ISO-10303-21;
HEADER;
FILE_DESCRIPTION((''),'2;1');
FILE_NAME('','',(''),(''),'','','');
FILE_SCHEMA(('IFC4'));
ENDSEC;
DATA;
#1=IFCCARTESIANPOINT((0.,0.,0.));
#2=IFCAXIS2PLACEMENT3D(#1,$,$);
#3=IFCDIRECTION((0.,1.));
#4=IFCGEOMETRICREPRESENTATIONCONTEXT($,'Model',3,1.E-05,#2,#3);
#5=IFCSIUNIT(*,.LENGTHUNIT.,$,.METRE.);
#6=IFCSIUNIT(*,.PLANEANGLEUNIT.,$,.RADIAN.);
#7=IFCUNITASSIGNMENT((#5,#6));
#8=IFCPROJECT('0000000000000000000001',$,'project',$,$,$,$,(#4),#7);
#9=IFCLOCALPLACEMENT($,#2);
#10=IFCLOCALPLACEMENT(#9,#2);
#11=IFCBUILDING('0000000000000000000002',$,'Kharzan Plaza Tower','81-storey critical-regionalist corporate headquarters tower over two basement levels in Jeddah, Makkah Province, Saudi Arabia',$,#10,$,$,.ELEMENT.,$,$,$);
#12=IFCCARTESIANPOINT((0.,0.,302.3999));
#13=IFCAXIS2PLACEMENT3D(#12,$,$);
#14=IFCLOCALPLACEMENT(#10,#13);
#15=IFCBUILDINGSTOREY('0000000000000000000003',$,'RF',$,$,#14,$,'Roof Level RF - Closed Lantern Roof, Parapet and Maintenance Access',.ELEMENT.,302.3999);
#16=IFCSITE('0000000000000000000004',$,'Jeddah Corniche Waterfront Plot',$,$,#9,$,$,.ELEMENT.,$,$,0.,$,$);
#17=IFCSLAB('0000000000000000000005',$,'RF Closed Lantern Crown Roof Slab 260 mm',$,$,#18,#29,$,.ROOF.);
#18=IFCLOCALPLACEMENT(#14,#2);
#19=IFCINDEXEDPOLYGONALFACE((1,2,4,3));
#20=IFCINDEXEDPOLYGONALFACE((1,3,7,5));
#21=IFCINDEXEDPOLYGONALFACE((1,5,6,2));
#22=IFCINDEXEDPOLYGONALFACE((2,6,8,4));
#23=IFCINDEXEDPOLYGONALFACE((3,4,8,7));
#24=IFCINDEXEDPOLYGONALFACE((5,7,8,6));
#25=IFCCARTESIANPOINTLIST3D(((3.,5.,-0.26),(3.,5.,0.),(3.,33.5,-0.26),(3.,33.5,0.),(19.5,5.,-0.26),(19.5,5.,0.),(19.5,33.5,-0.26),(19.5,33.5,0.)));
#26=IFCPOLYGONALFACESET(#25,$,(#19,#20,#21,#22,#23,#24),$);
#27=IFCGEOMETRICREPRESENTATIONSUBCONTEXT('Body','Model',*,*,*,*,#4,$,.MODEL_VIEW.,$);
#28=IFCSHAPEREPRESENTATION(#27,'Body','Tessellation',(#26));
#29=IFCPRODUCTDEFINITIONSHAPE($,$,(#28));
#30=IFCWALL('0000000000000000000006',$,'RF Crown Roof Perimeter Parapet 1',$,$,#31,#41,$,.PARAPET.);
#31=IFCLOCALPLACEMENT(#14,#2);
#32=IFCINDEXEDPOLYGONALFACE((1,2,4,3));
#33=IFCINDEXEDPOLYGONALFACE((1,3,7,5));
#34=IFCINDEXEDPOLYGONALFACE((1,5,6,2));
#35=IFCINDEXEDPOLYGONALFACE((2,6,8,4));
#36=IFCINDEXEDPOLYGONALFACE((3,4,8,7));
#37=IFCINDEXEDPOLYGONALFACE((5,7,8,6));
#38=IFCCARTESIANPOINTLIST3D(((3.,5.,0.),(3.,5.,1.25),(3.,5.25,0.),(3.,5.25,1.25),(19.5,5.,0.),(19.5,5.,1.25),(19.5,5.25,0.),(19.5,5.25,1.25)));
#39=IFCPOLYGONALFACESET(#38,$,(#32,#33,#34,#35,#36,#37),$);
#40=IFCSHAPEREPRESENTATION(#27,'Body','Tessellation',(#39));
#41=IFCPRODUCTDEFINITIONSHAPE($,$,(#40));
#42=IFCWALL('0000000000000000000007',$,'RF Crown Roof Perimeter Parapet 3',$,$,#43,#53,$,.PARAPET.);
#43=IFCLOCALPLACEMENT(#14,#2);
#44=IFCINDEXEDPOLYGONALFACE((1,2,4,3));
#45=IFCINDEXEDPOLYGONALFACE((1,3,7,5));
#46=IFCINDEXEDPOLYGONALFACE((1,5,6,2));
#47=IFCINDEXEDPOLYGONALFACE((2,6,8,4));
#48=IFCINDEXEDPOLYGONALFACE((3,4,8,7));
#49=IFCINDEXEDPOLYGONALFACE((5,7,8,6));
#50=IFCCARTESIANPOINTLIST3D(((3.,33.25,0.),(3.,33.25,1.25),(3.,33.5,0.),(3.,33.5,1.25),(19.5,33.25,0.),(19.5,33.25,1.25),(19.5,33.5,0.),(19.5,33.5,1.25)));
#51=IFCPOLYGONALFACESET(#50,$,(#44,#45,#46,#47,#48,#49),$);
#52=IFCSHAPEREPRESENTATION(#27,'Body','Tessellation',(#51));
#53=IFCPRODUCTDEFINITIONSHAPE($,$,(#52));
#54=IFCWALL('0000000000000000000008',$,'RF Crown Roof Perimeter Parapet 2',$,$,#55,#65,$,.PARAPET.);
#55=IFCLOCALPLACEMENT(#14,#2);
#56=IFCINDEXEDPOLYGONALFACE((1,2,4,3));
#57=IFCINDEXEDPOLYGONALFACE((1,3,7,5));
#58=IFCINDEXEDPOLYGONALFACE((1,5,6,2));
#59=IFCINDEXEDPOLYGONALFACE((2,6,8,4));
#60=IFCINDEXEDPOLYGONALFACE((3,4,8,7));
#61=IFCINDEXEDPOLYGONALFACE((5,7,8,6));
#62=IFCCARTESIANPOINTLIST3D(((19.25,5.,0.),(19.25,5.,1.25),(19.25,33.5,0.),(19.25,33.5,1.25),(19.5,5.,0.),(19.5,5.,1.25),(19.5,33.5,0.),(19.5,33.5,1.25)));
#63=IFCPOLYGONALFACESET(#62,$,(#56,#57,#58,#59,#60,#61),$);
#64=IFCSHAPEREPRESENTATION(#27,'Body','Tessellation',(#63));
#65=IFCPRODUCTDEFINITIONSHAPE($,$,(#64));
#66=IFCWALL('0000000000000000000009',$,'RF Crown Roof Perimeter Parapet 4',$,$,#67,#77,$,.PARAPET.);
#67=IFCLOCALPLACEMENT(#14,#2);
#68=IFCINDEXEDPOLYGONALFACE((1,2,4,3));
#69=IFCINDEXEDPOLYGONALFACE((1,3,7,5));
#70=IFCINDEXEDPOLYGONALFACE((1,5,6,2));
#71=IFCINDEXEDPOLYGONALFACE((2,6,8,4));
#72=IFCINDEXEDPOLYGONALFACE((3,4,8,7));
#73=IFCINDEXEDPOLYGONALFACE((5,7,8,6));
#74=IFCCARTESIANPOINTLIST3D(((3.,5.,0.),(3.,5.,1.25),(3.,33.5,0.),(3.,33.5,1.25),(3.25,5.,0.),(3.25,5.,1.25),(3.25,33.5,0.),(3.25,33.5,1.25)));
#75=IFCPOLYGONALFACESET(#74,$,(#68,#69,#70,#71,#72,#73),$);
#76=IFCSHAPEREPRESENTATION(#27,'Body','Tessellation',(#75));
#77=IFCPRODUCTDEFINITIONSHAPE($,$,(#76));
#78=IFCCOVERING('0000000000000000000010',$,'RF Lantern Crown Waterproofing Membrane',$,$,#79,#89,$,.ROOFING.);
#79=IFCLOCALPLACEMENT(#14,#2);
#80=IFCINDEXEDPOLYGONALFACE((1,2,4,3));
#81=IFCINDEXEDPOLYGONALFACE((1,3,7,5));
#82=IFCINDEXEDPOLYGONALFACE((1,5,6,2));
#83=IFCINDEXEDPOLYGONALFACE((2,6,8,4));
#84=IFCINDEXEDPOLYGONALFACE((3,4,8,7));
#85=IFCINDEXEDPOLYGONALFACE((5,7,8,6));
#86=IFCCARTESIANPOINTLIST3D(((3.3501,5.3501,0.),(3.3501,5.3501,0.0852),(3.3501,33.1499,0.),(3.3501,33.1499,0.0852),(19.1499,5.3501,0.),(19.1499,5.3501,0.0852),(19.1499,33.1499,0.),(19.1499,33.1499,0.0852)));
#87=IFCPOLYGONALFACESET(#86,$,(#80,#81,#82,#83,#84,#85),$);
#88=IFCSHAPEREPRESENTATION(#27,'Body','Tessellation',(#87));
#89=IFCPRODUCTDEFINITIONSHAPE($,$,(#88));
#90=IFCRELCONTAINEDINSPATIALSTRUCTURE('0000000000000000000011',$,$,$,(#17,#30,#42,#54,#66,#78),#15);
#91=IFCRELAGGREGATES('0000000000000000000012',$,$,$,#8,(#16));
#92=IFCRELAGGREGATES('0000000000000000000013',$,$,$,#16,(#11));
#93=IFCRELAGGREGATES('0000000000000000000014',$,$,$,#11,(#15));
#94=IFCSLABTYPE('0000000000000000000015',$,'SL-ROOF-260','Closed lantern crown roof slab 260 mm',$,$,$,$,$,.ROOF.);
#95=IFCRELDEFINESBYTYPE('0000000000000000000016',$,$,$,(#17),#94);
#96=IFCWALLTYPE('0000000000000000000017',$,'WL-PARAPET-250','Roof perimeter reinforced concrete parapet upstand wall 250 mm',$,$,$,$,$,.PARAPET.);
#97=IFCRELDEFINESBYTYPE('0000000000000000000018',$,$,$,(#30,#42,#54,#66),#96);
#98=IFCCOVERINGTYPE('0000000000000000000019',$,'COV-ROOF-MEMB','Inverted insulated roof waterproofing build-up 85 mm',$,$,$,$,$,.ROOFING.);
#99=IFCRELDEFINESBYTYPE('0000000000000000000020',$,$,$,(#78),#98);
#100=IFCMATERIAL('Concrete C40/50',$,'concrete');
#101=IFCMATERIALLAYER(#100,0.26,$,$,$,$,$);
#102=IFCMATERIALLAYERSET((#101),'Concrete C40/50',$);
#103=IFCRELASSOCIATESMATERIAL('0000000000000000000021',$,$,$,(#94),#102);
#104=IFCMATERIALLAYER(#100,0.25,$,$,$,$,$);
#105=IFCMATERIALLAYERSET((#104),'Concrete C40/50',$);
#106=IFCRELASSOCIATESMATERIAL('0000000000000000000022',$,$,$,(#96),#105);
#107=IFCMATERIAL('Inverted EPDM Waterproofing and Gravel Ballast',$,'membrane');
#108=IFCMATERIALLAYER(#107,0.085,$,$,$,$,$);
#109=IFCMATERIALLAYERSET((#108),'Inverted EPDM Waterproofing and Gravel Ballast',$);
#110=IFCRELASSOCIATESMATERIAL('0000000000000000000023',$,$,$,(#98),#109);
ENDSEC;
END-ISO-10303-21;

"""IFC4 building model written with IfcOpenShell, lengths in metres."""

from ifc_helpers import new_model, si_unit, direction, frame, frame_2d, origin, place, context, subcontext, project, spatial, polyline, rectangle, outline, extrude, source, transform, mapped, material, layer, layer_set, type_object, element, save


model = new_model("IFC4")

# Units and contexts
model_context = context("Model", 3, precision=1e-05, world=origin(), true_north=direction((0.0, 1.0)))
body_context = subcontext(model_context, "Body", "Model", "MODEL_VIEW")
ifc_project = project(units=[si_unit("LENGTHUNIT", "METRE"), si_unit("PLANEANGLEUNIT", "RADIAN")], contexts=[model_context])

# Site, building, storey
site_placement = place(None, origin())
site = spatial("IfcSite", under=ifc_project, at=site_placement, Name="Jeddah Corniche Waterfront Plot", CompositionType="ELEMENT", RefElevation=0.0)
building_placement = place(site_placement, origin())
building = spatial("IfcBuilding", under=site, at=building_placement, Name="Kharzan Plaza Tower", Description="81-storey critical-regionalist corporate headquarters tower over two basement levels in Jeddah, Makkah Province, Saudi Arabia", CompositionType="ELEMENT")
storey_placement = place(building_placement, frame((0.0, 0.0, 302.3999)))
storey = spatial("IfcBuildingStorey", under=building, at=storey_placement, Name="RF", LongName="Roof Level RF - Closed Lantern Roof, Parapet and Maintenance Access", CompositionType="ELEMENT", Elevation=302.3999)

# Slab
ifc_material_1 = material(Name="Concrete C40/50", Category="concrete")
ifc_layer_1 = layer(ifc_material_1, 0.26)
ifc_layer_set_1 = layer_set([ifc_layer_1], Name="Concrete C40/50")
slab_type = type_object("IfcSlabType", Name="SL-ROOF-260", Description="Closed lantern crown roof slab 260 mm", PredefinedType="ROOF", material=ifc_layer_set_1)
slab_placement = place(storey_placement, frame((0.0, 0.0, -0.26)))
element("IfcSlab", 1, at=slab_placement, inside=storey, type_object=slab_type, Name="RF Closed Lantern Crown Roof Slab 260 mm", PredefinedType="ROOF", context=body_context, shape_type="SweptSolid", body=[
    extrude(outline(polyline([(3.0, 5.0), (19.5, 5.0), (19.5, 33.5), (3.0, 33.5), (3.0, 5.0)])), origin(), (0.0, 0.0, 1.0), 0.26),
])

# Walls
ifc_layer_2 = layer(ifc_material_1, 0.25)
ifc_layer_set_2 = layer_set([ifc_layer_2], Name="Concrete C40/50")
wall_type = type_object("IfcWallType", Name="WL-PARAPET-250", Description="Roof perimeter reinforced concrete parapet upstand wall 250 mm", PredefinedType="PARAPET", material=ifc_layer_set_2)
shared_shape_1 = source(origin(), body_context, "Body", "SweptSolid", [
    extrude(rectangle(XDim=16.5, YDim=0.25, at=frame_2d((8.25, 0.0))), origin(), (0.0, 0.0, 1.0), 1.25),
])
for number, where, z_axis, x_axis, name in (
    (2, (3.0, 5.125, 0.0), (0.0, 0.0, 1.0), (1.0, 0.0, 0.0), "RF Crown Roof Perimeter Parapet 1"),
    (3, (19.5, 33.375, 0.0), (0.0, 0.0, 1.0), (-1.0, 0.0, 0.0), "RF Crown Roof Perimeter Parapet 3"),
):
    element("IfcWall", number, at=place(storey_placement, frame(where, z_axis=z_axis, x_axis=x_axis)), inside=storey, type_object=wall_type, Name=name, PredefinedType="PARAPET", context=body_context, shape_type="MappedRepresentation", body=[
        mapped(shared_shape_1, transform((0.0, 0.0, 0.0), x_axis=(1.0, 0.0, 0.0), y_axis=(0.0, 1.0, 0.0), z_axis=(0.0, 0.0, 1.0))),
    ])
shared_shape_2 = source(origin(), body_context, "Body", "SweptSolid", [
    extrude(rectangle(XDim=28.5, YDim=0.25, at=frame_2d((14.25, 0.0))), origin(), (0.0, 0.0, 1.0), 1.25),
])
for number, where, z_axis, x_axis, name in (
    (4, (19.375, 5.0, 0.0), (0.0, 0.0, 1.0), (0.0, 1.0, 0.0), "RF Crown Roof Perimeter Parapet 2"),
    (5, (3.125, 33.5, 0.0), (0.0, 0.0, 1.0), (0.0, -1.0, 0.0), "RF Crown Roof Perimeter Parapet 4"),
):
    element("IfcWall", number, at=place(storey_placement, frame(where, z_axis=z_axis, x_axis=x_axis)), inside=storey, type_object=wall_type, Name=name, PredefinedType="PARAPET", context=body_context, shape_type="MappedRepresentation", body=[
        mapped(shared_shape_2, transform((0.0, 0.0, 0.0), x_axis=(1.0, 0.0, 0.0), y_axis=(0.0, 1.0, 0.0), z_axis=(0.0, 0.0, 1.0))),
    ])

# Covering
ifc_material_2 = material(Name="Inverted EPDM Waterproofing and Gravel Ballast", Category="membrane")
ifc_layer_3 = layer(ifc_material_2, 0.085)
ifc_layer_set_3 = layer_set([ifc_layer_3], Name="Inverted EPDM Waterproofing and Gravel Ballast")
covering_type = type_object("IfcCoveringType", Name="COV-ROOF-MEMB", Description="Inverted insulated roof waterproofing build-up 85 mm", PredefinedType="ROOFING", material=ifc_layer_set_3)
covering_placement = place(storey_placement, origin())
element("IfcCovering", 6, at=covering_placement, inside=storey, type_object=covering_type, Name="RF Lantern Crown Waterproofing Membrane", PredefinedType="ROOFING", context=body_context, shape_type="SweptSolid", body=[
    extrude(outline(polyline([(3.3501, 5.3501), (19.1499, 5.3501), (19.1499, 33.1499), (3.3501, 33.1499), (3.3501, 5.3501)])), origin(), (0.0, 0.0, 1.0), 0.0852),
])

save(model, "model.ifc")
